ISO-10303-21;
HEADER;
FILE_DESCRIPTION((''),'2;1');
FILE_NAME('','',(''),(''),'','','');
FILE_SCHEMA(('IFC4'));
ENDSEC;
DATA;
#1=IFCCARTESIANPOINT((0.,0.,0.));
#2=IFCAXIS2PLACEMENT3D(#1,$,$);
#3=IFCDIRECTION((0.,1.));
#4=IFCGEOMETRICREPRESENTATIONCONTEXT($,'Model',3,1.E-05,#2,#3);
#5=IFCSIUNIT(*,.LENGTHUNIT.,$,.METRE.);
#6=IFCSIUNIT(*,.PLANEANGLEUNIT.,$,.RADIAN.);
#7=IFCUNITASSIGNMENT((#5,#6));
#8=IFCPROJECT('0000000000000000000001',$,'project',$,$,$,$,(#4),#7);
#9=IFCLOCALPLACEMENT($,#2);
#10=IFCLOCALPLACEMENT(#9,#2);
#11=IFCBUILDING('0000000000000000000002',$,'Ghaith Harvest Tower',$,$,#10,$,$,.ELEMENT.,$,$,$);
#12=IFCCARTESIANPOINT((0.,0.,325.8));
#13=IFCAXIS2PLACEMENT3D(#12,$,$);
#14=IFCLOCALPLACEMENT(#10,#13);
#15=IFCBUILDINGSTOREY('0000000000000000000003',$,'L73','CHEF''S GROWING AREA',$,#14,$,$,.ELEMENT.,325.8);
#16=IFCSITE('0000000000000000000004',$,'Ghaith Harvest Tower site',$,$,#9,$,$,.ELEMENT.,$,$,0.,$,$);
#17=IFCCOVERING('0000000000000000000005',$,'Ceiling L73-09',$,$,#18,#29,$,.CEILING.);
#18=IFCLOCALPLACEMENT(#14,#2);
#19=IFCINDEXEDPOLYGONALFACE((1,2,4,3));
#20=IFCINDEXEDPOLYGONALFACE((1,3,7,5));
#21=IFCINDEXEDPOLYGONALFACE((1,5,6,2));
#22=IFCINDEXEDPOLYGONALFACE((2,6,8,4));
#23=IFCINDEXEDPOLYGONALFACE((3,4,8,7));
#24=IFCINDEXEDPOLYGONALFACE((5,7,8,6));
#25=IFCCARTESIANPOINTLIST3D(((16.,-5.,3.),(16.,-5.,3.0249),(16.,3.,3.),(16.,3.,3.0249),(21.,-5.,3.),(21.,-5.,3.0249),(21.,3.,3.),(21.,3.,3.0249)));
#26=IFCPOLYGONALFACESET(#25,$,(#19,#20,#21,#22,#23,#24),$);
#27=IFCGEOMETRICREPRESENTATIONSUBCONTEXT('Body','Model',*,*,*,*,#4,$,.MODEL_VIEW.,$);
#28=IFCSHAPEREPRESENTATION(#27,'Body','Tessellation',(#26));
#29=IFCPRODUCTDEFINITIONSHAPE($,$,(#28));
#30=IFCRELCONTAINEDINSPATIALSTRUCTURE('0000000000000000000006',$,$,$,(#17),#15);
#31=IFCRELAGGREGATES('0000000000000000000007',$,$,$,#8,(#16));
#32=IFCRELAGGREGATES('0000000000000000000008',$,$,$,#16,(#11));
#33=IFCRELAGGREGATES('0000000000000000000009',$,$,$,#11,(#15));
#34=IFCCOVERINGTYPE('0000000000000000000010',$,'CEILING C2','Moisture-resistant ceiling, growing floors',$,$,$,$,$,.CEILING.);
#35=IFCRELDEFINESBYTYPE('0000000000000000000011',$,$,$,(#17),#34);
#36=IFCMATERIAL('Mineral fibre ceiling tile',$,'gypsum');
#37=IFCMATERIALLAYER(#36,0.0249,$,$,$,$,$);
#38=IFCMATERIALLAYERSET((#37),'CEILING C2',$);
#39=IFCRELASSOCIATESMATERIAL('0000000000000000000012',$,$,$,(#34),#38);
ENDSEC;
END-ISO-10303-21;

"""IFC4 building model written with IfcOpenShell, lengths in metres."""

from ifc_helpers import new_model, si_unit, direction, frame, origin, place, context, subcontext, project, spatial, polyline, outline, extrude, material, layer, layer_set, type_object, element, save


model = new_model("IFC4")

# Units and contexts
model_context = context("Model", 3, precision=1e-05, world=origin(), true_north=direction((0.0, 1.0)))
body_context = subcontext(model_context, "Body", "Model", "MODEL_VIEW")
ifc_project = project(units=[si_unit("LENGTHUNIT", "METRE"), si_unit("PLANEANGLEUNIT", "RADIAN")], contexts=[model_context])

# Site, building, storey
site_placement = place(None, origin())
site = spatial("IfcSite", under=ifc_project, at=site_placement, Name="Ghaith Harvest Tower site", CompositionType="ELEMENT", RefElevation=0.0)
building_placement = place(site_placement, origin())
building = spatial("IfcBuilding", under=site, at=building_placement, Name="Ghaith Harvest Tower", CompositionType="ELEMENT")
storey_placement = place(building_placement, frame((0.0, 0.0, 325.8)))
storey = spatial("IfcBuildingStorey", under=building, at=storey_placement, Name="L73", Description="CHEF'S GROWING AREA", CompositionType="ELEMENT", Elevation=325.8)

# Covering
ifc_material_1 = material(Name="Mineral fibre ceiling tile", Category="gypsum")
ifc_layer_1 = layer(ifc_material_1, 0.0249)
ifc_layer_set_1 = layer_set([ifc_layer_1], Name="CEILING C2")
covering_type = type_object("IfcCoveringType", Name="CEILING C2", Description="Moisture-resistant ceiling, growing floors", PredefinedType="CEILING", material=ifc_layer_set_1)
covering_1_placement = place(storey_placement, frame((0.0, 0.0, 3.0)))
element("IfcCovering", 1, at=covering_1_placement, inside=storey, type_object=covering_type, Name="Ceiling L73-09", PredefinedType="CEILING", context=body_context, shape_type="SweptSolid", body=[
    extrude(outline(polyline([(16.0, -5.0), (21.0, -5.0), (21.0, 3.0), (16.0, 3.0), (16.0, -5.0)])), origin(), (0.0, 0.0, 1.0), 0.0249),
])

save(model, "model.ifc")
